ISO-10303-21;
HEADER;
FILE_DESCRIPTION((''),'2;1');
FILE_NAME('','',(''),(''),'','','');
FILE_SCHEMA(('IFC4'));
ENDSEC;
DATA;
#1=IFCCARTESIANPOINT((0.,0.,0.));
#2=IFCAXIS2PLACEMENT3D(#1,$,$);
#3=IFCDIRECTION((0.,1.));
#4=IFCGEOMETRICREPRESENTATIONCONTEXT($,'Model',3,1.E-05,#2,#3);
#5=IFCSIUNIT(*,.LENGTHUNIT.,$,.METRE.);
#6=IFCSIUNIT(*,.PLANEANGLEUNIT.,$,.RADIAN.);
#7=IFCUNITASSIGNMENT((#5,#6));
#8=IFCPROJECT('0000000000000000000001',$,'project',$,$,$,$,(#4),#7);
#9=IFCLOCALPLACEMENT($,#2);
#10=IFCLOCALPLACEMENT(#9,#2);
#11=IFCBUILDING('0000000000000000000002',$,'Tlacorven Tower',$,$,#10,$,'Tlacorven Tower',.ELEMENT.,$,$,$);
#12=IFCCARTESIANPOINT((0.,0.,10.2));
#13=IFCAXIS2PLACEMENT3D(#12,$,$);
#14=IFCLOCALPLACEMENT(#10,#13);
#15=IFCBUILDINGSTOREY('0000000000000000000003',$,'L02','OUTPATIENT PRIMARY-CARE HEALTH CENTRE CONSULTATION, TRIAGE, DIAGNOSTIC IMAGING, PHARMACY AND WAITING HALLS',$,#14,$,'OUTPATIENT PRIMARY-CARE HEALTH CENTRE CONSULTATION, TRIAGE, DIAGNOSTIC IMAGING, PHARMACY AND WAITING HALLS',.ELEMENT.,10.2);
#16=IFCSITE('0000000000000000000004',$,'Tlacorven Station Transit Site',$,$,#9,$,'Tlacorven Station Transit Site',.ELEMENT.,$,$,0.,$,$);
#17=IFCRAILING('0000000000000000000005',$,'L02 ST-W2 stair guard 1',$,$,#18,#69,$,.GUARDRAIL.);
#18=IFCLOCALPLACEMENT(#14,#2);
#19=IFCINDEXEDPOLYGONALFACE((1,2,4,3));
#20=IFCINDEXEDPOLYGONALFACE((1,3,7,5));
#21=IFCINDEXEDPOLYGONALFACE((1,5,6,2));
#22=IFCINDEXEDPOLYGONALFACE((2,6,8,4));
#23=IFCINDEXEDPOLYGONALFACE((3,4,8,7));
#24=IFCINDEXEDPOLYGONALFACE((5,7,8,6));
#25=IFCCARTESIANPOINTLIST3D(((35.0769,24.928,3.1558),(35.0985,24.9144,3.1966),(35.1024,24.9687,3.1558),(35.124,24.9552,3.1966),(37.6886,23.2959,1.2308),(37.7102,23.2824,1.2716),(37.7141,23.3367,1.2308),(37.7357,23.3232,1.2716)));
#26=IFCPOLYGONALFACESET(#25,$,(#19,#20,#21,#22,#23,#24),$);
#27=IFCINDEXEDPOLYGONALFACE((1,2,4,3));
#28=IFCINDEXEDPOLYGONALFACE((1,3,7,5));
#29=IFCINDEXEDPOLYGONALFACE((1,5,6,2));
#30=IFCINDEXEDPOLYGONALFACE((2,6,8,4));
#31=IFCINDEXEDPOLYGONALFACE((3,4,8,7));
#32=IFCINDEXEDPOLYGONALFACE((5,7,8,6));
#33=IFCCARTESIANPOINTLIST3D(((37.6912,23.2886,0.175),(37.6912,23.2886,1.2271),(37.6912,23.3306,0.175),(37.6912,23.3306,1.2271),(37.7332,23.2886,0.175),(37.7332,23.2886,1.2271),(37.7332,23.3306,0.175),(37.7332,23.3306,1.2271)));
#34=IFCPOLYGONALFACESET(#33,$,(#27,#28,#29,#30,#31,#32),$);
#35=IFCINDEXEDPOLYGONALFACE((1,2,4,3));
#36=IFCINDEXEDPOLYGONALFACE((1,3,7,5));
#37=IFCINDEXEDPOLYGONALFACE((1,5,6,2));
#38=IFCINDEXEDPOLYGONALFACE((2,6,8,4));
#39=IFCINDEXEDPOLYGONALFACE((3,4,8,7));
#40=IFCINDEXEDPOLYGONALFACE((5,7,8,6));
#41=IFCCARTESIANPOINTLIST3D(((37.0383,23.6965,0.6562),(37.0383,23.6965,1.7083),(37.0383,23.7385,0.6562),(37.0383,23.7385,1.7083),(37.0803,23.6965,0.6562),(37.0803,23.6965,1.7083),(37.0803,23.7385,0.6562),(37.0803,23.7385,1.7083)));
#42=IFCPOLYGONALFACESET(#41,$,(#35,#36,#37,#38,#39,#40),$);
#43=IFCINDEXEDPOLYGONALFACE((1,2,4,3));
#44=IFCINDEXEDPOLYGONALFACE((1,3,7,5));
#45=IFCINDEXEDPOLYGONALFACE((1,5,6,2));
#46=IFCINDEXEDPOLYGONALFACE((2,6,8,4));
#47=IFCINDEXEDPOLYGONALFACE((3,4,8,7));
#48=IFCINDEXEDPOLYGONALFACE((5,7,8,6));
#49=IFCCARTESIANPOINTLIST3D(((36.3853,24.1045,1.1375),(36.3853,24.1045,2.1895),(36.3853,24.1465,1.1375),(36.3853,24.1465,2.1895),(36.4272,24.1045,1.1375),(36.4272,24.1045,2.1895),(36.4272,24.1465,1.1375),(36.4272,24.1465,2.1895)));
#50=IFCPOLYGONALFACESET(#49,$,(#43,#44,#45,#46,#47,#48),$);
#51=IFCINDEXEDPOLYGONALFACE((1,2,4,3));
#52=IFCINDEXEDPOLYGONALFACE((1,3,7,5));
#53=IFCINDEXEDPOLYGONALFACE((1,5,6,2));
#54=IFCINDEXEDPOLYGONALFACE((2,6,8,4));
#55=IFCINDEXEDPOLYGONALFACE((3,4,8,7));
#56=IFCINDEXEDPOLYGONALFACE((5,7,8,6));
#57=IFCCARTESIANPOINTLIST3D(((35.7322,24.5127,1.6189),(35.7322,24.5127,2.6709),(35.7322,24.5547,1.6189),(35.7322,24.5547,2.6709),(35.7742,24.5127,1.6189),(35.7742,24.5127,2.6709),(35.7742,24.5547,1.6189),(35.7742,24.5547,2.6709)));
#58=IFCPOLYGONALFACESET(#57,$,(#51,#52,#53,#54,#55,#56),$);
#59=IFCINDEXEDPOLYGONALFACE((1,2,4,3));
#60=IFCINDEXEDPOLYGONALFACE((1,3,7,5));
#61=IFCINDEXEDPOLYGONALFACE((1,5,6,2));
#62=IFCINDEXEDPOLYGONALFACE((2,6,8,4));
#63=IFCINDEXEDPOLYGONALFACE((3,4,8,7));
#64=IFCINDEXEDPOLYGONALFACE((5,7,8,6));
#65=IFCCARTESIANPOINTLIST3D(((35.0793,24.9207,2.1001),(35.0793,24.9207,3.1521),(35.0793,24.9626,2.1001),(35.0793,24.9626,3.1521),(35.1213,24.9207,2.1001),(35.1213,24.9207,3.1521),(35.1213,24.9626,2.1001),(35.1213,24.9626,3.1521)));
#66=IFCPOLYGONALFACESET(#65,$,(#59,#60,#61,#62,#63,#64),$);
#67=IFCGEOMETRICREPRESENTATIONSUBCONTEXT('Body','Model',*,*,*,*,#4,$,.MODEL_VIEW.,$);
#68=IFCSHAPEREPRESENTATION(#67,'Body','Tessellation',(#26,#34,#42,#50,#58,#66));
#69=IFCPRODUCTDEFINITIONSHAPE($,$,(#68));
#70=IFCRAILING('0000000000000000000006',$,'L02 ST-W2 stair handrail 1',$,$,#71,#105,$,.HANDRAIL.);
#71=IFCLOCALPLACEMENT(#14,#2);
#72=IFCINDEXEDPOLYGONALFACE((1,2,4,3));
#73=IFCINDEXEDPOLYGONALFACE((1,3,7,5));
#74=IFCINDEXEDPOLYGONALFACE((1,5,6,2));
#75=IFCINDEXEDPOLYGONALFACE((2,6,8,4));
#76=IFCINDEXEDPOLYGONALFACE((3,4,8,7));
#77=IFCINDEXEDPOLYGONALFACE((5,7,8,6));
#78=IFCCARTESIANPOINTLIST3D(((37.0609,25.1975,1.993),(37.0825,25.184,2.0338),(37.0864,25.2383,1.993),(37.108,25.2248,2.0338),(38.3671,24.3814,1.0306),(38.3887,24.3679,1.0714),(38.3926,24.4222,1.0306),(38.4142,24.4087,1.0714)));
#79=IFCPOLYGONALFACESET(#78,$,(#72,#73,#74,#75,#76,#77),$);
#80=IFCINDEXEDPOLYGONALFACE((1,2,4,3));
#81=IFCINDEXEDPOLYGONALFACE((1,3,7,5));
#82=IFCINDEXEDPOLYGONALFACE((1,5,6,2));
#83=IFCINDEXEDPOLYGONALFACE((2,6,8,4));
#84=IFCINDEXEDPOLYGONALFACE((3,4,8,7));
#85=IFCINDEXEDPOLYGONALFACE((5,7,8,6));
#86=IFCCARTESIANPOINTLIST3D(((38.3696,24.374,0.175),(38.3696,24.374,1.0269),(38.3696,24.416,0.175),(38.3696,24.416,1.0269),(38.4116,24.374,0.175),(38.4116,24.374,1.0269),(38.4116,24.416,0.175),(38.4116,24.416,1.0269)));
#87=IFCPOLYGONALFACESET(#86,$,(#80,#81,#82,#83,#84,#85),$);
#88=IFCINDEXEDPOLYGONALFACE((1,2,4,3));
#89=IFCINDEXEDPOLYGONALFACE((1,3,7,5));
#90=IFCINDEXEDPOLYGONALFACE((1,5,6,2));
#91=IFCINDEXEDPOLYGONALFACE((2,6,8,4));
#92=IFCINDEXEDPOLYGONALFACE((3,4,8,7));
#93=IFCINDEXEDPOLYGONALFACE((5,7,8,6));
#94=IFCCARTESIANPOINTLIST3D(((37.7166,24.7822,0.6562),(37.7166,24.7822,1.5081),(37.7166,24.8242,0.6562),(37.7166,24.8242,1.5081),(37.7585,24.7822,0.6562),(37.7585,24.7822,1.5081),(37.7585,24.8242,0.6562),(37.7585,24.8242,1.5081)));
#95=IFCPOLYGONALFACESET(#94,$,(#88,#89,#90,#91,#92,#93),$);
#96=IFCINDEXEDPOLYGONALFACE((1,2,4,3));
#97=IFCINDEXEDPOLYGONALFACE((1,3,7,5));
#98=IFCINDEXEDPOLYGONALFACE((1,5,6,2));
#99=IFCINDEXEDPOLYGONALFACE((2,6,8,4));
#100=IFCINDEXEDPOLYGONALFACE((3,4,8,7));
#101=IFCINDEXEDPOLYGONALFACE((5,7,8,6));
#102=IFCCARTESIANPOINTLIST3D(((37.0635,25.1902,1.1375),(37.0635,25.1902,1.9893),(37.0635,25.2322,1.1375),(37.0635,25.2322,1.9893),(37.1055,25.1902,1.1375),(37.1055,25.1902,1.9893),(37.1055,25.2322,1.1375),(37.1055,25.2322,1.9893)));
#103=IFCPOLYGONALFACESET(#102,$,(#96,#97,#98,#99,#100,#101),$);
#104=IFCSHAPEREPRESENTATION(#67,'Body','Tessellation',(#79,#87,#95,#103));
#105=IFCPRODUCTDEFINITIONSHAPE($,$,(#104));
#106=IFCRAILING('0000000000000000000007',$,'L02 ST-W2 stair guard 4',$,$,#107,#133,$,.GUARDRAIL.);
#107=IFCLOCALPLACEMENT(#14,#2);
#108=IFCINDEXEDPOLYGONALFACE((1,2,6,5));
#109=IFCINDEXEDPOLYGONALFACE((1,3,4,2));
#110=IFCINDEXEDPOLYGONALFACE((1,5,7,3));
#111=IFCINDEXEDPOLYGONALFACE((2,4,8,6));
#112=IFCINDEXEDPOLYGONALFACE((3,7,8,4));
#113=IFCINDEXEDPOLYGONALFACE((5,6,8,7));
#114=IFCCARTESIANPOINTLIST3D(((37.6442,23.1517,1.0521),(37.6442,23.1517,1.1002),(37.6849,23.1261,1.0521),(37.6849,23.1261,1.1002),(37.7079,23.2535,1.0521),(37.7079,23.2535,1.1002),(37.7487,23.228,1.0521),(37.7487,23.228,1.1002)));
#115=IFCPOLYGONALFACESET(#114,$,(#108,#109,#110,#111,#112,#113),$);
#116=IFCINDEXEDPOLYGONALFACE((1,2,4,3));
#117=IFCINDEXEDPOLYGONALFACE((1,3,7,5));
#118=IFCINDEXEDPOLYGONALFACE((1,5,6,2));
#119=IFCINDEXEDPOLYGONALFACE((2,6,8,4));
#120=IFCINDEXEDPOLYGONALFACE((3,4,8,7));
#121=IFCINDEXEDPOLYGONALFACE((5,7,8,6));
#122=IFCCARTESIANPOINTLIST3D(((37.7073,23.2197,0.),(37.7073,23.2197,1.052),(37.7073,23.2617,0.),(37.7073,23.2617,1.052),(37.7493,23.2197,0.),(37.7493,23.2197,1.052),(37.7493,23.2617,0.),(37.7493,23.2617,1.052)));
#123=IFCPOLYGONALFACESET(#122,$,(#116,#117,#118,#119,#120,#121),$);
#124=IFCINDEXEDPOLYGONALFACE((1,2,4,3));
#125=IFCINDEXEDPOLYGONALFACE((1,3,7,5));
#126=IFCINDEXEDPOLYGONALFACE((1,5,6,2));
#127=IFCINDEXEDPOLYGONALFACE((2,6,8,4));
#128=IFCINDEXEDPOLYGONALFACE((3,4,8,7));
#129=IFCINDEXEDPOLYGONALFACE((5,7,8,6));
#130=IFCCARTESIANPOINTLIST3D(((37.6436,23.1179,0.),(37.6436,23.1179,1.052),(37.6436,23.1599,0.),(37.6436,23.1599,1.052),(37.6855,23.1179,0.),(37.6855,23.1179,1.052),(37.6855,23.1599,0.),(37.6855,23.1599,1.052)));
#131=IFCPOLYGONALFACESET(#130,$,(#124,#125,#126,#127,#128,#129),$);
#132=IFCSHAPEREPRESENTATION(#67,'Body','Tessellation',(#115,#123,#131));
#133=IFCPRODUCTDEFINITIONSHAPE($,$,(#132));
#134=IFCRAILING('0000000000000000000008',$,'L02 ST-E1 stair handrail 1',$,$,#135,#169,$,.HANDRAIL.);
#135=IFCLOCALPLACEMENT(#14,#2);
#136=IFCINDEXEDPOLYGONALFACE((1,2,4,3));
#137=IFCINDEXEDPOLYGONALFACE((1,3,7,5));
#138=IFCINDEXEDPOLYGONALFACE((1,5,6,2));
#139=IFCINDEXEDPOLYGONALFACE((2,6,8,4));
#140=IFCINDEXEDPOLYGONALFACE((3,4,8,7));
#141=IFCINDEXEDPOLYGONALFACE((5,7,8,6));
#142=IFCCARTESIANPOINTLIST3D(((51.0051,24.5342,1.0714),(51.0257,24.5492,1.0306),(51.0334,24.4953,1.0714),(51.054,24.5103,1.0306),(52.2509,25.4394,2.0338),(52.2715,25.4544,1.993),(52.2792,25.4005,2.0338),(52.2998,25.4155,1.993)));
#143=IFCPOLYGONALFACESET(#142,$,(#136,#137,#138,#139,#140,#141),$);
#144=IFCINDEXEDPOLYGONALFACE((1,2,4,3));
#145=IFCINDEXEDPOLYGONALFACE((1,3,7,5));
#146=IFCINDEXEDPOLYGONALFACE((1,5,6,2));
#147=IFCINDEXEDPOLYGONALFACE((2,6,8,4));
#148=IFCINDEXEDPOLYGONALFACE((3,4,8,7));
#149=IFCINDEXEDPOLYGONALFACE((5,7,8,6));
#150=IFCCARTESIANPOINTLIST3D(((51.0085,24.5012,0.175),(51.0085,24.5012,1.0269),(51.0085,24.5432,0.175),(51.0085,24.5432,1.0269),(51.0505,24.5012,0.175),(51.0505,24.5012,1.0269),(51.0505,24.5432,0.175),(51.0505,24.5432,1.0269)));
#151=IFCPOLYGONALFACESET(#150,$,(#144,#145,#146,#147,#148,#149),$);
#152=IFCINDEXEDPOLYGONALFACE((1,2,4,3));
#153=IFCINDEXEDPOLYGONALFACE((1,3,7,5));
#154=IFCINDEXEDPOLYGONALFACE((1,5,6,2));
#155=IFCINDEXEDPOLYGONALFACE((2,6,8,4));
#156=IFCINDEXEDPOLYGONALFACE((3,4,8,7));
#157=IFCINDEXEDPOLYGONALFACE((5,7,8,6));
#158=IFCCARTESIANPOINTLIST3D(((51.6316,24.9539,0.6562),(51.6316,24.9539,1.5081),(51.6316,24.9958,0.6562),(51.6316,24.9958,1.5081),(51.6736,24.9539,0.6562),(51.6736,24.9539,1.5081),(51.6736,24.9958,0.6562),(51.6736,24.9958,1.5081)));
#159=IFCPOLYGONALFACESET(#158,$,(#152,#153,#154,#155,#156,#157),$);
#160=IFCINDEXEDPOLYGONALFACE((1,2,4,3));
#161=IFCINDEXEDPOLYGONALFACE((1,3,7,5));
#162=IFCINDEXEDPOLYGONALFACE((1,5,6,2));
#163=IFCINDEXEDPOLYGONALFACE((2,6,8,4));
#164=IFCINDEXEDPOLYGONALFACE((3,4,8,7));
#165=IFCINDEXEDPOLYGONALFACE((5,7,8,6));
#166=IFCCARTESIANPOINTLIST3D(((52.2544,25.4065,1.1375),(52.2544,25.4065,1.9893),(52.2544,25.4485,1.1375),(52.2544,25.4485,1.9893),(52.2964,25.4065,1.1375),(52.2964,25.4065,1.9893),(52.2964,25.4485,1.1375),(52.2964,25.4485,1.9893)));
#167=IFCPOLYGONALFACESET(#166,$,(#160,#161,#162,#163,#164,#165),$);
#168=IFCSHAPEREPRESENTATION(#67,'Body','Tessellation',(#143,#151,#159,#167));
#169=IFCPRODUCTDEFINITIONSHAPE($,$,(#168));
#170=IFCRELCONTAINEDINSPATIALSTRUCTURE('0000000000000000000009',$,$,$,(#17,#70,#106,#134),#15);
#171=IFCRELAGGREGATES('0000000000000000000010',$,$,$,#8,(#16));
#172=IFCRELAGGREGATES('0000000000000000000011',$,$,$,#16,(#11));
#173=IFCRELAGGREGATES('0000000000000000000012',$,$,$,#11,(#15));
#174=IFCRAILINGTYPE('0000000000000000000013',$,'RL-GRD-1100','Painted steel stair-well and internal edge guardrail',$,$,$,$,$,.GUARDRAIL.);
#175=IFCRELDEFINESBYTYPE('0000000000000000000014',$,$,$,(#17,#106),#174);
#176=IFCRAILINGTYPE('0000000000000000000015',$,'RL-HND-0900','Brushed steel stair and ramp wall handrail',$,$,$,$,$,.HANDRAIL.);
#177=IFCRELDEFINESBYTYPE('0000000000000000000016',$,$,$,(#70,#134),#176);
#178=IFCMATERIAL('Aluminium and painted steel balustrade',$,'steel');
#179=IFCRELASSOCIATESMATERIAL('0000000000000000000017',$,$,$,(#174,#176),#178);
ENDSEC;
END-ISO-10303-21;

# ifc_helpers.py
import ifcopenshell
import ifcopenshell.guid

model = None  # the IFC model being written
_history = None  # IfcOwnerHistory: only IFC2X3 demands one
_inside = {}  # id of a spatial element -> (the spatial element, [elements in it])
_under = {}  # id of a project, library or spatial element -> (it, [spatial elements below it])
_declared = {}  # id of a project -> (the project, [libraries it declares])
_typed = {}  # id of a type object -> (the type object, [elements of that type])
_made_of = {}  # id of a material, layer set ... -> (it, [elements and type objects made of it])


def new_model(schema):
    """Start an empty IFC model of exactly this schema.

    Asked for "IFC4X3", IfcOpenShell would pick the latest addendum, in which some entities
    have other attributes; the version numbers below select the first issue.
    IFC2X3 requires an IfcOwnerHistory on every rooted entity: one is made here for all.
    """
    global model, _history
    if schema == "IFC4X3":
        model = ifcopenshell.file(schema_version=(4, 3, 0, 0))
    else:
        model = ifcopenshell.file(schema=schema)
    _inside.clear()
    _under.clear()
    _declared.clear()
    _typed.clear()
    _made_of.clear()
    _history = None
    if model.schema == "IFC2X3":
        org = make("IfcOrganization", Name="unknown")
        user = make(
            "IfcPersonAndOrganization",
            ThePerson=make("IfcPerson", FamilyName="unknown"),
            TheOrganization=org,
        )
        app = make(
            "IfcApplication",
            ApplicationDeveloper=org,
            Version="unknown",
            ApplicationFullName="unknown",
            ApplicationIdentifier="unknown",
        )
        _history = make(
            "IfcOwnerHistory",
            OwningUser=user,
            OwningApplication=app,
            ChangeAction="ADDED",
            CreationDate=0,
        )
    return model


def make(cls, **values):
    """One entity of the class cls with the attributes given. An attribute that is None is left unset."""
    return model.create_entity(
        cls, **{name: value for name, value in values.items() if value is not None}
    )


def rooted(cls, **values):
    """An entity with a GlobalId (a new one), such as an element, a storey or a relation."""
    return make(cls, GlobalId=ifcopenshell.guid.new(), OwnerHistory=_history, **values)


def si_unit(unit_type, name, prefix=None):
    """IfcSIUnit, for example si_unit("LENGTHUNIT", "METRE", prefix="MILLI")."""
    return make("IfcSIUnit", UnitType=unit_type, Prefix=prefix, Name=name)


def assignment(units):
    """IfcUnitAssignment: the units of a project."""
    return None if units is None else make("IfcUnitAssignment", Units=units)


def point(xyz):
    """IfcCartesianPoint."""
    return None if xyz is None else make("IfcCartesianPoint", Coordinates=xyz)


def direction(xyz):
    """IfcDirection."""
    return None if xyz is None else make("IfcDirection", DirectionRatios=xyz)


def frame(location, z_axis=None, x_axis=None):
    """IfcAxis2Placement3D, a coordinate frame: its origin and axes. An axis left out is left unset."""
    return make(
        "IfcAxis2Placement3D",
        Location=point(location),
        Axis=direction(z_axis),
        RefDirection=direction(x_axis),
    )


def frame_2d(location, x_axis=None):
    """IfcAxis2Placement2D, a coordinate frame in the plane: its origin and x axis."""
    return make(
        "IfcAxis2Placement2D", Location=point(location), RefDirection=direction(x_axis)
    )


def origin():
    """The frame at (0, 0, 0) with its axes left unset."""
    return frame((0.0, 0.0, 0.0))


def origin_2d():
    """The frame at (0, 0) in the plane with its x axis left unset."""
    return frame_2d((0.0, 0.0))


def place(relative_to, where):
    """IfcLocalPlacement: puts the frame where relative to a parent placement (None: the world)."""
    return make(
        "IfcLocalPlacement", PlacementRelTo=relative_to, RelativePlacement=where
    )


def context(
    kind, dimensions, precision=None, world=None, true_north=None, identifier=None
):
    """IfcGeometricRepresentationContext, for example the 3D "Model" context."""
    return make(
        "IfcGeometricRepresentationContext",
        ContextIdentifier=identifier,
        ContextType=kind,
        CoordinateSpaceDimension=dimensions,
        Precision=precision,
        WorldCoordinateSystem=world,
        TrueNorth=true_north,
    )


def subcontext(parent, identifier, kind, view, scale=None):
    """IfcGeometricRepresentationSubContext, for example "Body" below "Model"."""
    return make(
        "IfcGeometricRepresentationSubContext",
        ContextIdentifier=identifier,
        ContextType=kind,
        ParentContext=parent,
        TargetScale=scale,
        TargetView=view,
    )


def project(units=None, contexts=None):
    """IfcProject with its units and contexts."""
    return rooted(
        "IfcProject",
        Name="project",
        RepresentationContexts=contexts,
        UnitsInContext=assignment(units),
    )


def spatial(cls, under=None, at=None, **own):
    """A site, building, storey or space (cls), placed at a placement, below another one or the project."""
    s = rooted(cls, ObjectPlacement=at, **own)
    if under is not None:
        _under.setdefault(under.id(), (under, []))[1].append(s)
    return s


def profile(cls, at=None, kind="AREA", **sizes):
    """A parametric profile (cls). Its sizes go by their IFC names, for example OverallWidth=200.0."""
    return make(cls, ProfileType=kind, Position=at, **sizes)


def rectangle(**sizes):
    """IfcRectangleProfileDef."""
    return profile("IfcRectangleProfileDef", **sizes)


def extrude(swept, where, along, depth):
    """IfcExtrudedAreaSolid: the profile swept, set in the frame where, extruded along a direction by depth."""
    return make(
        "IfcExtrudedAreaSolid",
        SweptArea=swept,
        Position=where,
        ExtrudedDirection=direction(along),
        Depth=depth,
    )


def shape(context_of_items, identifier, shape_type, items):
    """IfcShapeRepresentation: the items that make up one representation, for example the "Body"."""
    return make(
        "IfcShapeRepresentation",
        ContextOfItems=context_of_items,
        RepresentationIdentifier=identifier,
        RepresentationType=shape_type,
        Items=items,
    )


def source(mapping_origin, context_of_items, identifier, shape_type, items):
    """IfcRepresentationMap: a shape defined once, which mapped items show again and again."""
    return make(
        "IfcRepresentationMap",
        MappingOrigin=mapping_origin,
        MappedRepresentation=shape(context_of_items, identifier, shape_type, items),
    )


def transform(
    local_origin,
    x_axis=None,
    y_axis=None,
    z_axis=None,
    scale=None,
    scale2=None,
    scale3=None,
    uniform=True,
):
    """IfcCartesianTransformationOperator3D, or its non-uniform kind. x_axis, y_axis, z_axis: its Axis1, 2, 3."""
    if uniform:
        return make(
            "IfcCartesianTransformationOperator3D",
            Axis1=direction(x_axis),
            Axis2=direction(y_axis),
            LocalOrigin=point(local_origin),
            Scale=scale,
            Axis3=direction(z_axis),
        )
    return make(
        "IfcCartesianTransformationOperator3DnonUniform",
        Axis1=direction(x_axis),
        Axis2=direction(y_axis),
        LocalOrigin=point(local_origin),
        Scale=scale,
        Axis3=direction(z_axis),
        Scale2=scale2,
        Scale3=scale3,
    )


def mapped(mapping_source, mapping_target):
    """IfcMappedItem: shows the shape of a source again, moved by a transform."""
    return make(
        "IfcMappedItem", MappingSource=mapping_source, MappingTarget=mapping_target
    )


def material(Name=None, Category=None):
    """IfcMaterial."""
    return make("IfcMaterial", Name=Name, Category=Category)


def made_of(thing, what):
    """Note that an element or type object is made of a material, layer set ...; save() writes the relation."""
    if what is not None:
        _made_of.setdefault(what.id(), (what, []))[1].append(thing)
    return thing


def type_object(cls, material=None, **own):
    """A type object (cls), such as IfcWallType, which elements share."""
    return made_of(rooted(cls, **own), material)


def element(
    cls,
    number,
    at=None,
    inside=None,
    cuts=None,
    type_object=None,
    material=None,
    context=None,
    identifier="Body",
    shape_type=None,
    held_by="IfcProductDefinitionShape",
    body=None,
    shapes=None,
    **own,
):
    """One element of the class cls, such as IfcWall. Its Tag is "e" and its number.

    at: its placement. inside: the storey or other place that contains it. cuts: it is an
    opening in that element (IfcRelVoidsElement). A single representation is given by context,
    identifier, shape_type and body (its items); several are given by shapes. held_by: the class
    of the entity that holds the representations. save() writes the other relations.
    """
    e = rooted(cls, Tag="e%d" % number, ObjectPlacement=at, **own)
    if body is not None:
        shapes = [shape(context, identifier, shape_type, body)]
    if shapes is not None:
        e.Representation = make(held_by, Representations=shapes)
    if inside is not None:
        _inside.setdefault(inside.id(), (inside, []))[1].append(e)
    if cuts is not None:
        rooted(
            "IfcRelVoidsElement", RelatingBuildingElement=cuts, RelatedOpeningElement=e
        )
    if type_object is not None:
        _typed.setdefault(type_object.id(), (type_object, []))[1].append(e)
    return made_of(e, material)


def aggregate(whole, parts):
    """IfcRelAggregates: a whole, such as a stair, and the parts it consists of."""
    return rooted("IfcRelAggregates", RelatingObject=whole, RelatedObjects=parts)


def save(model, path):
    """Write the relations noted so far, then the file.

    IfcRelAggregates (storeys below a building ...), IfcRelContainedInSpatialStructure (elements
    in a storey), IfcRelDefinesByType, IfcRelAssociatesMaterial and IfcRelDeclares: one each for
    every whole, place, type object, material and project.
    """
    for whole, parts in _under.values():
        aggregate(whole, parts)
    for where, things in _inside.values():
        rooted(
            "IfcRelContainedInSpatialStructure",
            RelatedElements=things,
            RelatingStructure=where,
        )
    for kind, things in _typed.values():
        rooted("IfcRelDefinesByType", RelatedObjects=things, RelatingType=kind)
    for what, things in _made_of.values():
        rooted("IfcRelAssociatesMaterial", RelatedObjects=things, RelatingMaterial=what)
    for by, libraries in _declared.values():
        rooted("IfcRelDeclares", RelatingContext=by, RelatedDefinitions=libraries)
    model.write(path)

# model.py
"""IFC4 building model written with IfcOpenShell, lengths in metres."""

from ifc_helpers import new_model, si_unit, direction, frame, origin, origin_2d, place, context, subcontext, project, spatial, rectangle, extrude, source, transform, mapped, material, type_object, element, save


model = new_model("IFC4")

# Units and contexts
model_context = context("Model", 3, precision=1e-05, world=origin(), true_north=direction((0.0, 1.0)))
body_context = subcontext(model_context, "Body", "Model", "MODEL_VIEW")
ifc_project = project(units=[si_unit("LENGTHUNIT", "METRE"), si_unit("PLANEANGLEUNIT", "RADIAN")], contexts=[model_context])

# Site, building, storey
site_placement = place(None, origin())
site = spatial("IfcSite", under=ifc_project, at=site_placement, Name="Tlacorven Station Transit Site", LongName="Tlacorven Station Transit Site", CompositionType="ELEMENT", RefElevation=0.0)
building_placement = place(site_placement, origin())
building = spatial("IfcBuilding", under=site, at=building_placement, Name="Tlacorven Tower", LongName="Tlacorven Tower", CompositionType="ELEMENT")
storey_placement = place(building_placement, frame((0.0, 0.0, 10.2)))
storey = spatial("IfcBuildingStorey", under=building, at=storey_placement, Name="L02", Description="OUTPATIENT PRIMARY-CARE HEALTH CENTRE CONSULTATION, TRIAGE, DIAGNOSTIC IMAGING, PHARMACY AND WAITING HALLS", LongName="OUTPATIENT PRIMARY-CARE HEALTH CENTRE CONSULTATION, TRIAGE, DIAGNOSTIC IMAGING, PHARMACY AND WAITING HALLS", CompositionType="ELEMENT", Elevation=10.2)

# Railings
ifc_material_1 = material(Name="Aluminium and painted steel balustrade", Category="steel")
railing_type_1 = type_object("IfcRailingType", Name="RL-GRD-1100", Description="Painted steel stair-well and internal edge guardrail", PredefinedType="GUARDRAIL", material=ifc_material_1)
shared_shape_1 = source(origin(), body_context, "Body", "SweptSolid", [
    extrude(rectangle(XDim=0.0481, YDim=0.0481, at=origin_2d()), frame((0.0, 0.0, 1.0762), z_axis=(-0.719122, 0.449367, 0.530031), x_axis=(-0.529928, -0.848043, 0.0)), (0.0, 0.0, 1.0), 3.6318),
    extrude(rectangle(XDim=0.042, YDim=0.042, at=origin_2d()), origin(), (0.0, 0.0, 1.0), 1.052),
    extrude(rectangle(XDim=0.042, YDim=0.042, at=origin_2d()), frame((-0.6528, 0.408, 0.4812)), (0.0, 0.0, 1.0), 1.052),
    extrude(rectangle(XDim=0.042, YDim=0.042, at=origin_2d()), frame((-1.3059, 0.8159, 0.9624)), (0.0, 0.0, 1.0), 1.052),
    extrude(rectangle(XDim=0.042, YDim=0.042, at=origin_2d()), frame((-1.959, 1.2241, 1.4438)), (0.0, 0.0, 1.0), 1.052),
    extrude(rectangle(XDim=0.042, YDim=0.042, at=origin_2d()), frame((-2.6118, 1.6321, 1.925)), (0.0, 0.0, 1.0), 1.052),
])
railing_1_placement = place(storey_placement, frame((37.7122, 23.3096, 0.175)))
element("IfcRailing", 1, at=railing_1_placement, inside=storey, type_object=railing_type_1, Name="L02 ST-W2 stair guard 1", PredefinedType="GUARDRAIL", context=body_context, shape_type="MappedRepresentation", body=[
    mapped(shared_shape_1, transform((0.0, 0.0, 0.0), scale=1.0)),
])
railing_type_2 = type_object("IfcRailingType", Name="RL-HND-0900", Description="Brushed steel stair and ramp wall handrail", PredefinedType="HANDRAIL", material=ifc_material_1)
shared_shape_2 = source(origin(), body_context, "Body", "SweptSolid", [
    extrude(rectangle(XDim=0.0481, YDim=0.0481, at=origin_2d()), frame((0.0, 0.0, 0.876), z_axis=(-0.719191, 0.449393, 0.529916), x_axis=(-0.529913, -0.848052, 0.0)), (0.0, 0.0, 1.0), 1.8162),
    extrude(rectangle(XDim=0.042, YDim=0.042, at=origin_2d()), origin(), (0.0, 0.0, 1.0), 0.8518),
    extrude(rectangle(XDim=0.042, YDim=0.042, at=origin_2d()), frame((-0.6531, 0.4082, 0.4812)), (0.0, 0.0, 1.0), 0.8518),
    extrude(rectangle(XDim=0.042, YDim=0.042, at=origin_2d()), frame((-1.3062, 0.8162, 0.9624)), (0.0, 0.0, 1.0), 0.8518),
])
railing_2_placement = place(storey_placement, frame((38.3906, 24.395, 0.175)))
element("IfcRailing", 2, at=railing_2_placement, inside=storey, type_object=railing_type_2, Name="L02 ST-W2 stair handrail 1", PredefinedType="HANDRAIL", context=body_context, shape_type="MappedRepresentation", body=[
    mapped(shared_shape_2, transform((0.0, 0.0, 0.0), scale=1.0)),
])
shared_shape_3 = source(origin(), body_context, "Body", "SweptSolid", [
    extrude(rectangle(XDim=0.0481, YDim=0.0481, at=origin_2d()), frame((0.0, 0.0, 1.0762), z_axis=(-0.530547, -0.847656, 0.0), x_axis=(0.847656, -0.530547, 0.0)), (0.0, 0.0, 1.0), 0.1201),
    extrude(rectangle(XDim=0.042, YDim=0.042, at=origin_2d()), origin(), (0.0, 0.0, 1.0), 1.052),
    extrude(rectangle(XDim=0.042, YDim=0.042, at=origin_2d()), frame((-0.0637, -0.1018, 0.0)), (0.0, 0.0, 1.0), 1.052),
])
railing_3_placement = place(storey_placement, frame((37.7283, 23.2407, 0.0)))
element("IfcRailing", 3, at=railing_3_placement, inside=storey, type_object=railing_type_1, Name="L02 ST-W2 stair guard 4", PredefinedType="GUARDRAIL", context=body_context, shape_type="MappedRepresentation", body=[
    mapped(shared_shape_3, transform((0.0, 0.0, 0.0), scale=1.0)),
])
shared_shape_4 = source(origin(), body_context, "Body", "SweptSolid", [
    extrude(rectangle(XDim=0.0481, YDim=0.0481, at=origin_2d()), frame((0.0, 0.0, 0.876), z_axis=(0.686038, 0.498497, 0.529955), x_axis=(-0.587832, 0.808983, 0.0)), (0.0, 0.0, 1.0), 1.8159),
    extrude(rectangle(XDim=0.042, YDim=0.042, at=origin_2d()), origin(), (0.0, 0.0, 1.0), 0.8518),
    extrude(rectangle(XDim=0.042, YDim=0.042, at=origin_2d()), frame((0.623, 0.4526, 0.4812)), (0.0, 0.0, 1.0), 0.8518),
    extrude(rectangle(XDim=0.042, YDim=0.042, at=origin_2d()), frame((1.2458, 0.9053, 0.9624)), (0.0, 0.0, 1.0), 0.8518),
])
railing_4_placement = place(storey_placement, frame((51.0295, 24.5222, 0.175)))
element("IfcRailing", 4, at=railing_4_placement, inside=storey, type_object=railing_type_2, Name="L02 ST-E1 stair handrail 1", PredefinedType="HANDRAIL", context=body_context, shape_type="MappedRepresentation", body=[
    mapped(shared_shape_4, transform((0.0, 0.0, 0.0), scale=1.0)),
])

save(model, "model.ifc")
